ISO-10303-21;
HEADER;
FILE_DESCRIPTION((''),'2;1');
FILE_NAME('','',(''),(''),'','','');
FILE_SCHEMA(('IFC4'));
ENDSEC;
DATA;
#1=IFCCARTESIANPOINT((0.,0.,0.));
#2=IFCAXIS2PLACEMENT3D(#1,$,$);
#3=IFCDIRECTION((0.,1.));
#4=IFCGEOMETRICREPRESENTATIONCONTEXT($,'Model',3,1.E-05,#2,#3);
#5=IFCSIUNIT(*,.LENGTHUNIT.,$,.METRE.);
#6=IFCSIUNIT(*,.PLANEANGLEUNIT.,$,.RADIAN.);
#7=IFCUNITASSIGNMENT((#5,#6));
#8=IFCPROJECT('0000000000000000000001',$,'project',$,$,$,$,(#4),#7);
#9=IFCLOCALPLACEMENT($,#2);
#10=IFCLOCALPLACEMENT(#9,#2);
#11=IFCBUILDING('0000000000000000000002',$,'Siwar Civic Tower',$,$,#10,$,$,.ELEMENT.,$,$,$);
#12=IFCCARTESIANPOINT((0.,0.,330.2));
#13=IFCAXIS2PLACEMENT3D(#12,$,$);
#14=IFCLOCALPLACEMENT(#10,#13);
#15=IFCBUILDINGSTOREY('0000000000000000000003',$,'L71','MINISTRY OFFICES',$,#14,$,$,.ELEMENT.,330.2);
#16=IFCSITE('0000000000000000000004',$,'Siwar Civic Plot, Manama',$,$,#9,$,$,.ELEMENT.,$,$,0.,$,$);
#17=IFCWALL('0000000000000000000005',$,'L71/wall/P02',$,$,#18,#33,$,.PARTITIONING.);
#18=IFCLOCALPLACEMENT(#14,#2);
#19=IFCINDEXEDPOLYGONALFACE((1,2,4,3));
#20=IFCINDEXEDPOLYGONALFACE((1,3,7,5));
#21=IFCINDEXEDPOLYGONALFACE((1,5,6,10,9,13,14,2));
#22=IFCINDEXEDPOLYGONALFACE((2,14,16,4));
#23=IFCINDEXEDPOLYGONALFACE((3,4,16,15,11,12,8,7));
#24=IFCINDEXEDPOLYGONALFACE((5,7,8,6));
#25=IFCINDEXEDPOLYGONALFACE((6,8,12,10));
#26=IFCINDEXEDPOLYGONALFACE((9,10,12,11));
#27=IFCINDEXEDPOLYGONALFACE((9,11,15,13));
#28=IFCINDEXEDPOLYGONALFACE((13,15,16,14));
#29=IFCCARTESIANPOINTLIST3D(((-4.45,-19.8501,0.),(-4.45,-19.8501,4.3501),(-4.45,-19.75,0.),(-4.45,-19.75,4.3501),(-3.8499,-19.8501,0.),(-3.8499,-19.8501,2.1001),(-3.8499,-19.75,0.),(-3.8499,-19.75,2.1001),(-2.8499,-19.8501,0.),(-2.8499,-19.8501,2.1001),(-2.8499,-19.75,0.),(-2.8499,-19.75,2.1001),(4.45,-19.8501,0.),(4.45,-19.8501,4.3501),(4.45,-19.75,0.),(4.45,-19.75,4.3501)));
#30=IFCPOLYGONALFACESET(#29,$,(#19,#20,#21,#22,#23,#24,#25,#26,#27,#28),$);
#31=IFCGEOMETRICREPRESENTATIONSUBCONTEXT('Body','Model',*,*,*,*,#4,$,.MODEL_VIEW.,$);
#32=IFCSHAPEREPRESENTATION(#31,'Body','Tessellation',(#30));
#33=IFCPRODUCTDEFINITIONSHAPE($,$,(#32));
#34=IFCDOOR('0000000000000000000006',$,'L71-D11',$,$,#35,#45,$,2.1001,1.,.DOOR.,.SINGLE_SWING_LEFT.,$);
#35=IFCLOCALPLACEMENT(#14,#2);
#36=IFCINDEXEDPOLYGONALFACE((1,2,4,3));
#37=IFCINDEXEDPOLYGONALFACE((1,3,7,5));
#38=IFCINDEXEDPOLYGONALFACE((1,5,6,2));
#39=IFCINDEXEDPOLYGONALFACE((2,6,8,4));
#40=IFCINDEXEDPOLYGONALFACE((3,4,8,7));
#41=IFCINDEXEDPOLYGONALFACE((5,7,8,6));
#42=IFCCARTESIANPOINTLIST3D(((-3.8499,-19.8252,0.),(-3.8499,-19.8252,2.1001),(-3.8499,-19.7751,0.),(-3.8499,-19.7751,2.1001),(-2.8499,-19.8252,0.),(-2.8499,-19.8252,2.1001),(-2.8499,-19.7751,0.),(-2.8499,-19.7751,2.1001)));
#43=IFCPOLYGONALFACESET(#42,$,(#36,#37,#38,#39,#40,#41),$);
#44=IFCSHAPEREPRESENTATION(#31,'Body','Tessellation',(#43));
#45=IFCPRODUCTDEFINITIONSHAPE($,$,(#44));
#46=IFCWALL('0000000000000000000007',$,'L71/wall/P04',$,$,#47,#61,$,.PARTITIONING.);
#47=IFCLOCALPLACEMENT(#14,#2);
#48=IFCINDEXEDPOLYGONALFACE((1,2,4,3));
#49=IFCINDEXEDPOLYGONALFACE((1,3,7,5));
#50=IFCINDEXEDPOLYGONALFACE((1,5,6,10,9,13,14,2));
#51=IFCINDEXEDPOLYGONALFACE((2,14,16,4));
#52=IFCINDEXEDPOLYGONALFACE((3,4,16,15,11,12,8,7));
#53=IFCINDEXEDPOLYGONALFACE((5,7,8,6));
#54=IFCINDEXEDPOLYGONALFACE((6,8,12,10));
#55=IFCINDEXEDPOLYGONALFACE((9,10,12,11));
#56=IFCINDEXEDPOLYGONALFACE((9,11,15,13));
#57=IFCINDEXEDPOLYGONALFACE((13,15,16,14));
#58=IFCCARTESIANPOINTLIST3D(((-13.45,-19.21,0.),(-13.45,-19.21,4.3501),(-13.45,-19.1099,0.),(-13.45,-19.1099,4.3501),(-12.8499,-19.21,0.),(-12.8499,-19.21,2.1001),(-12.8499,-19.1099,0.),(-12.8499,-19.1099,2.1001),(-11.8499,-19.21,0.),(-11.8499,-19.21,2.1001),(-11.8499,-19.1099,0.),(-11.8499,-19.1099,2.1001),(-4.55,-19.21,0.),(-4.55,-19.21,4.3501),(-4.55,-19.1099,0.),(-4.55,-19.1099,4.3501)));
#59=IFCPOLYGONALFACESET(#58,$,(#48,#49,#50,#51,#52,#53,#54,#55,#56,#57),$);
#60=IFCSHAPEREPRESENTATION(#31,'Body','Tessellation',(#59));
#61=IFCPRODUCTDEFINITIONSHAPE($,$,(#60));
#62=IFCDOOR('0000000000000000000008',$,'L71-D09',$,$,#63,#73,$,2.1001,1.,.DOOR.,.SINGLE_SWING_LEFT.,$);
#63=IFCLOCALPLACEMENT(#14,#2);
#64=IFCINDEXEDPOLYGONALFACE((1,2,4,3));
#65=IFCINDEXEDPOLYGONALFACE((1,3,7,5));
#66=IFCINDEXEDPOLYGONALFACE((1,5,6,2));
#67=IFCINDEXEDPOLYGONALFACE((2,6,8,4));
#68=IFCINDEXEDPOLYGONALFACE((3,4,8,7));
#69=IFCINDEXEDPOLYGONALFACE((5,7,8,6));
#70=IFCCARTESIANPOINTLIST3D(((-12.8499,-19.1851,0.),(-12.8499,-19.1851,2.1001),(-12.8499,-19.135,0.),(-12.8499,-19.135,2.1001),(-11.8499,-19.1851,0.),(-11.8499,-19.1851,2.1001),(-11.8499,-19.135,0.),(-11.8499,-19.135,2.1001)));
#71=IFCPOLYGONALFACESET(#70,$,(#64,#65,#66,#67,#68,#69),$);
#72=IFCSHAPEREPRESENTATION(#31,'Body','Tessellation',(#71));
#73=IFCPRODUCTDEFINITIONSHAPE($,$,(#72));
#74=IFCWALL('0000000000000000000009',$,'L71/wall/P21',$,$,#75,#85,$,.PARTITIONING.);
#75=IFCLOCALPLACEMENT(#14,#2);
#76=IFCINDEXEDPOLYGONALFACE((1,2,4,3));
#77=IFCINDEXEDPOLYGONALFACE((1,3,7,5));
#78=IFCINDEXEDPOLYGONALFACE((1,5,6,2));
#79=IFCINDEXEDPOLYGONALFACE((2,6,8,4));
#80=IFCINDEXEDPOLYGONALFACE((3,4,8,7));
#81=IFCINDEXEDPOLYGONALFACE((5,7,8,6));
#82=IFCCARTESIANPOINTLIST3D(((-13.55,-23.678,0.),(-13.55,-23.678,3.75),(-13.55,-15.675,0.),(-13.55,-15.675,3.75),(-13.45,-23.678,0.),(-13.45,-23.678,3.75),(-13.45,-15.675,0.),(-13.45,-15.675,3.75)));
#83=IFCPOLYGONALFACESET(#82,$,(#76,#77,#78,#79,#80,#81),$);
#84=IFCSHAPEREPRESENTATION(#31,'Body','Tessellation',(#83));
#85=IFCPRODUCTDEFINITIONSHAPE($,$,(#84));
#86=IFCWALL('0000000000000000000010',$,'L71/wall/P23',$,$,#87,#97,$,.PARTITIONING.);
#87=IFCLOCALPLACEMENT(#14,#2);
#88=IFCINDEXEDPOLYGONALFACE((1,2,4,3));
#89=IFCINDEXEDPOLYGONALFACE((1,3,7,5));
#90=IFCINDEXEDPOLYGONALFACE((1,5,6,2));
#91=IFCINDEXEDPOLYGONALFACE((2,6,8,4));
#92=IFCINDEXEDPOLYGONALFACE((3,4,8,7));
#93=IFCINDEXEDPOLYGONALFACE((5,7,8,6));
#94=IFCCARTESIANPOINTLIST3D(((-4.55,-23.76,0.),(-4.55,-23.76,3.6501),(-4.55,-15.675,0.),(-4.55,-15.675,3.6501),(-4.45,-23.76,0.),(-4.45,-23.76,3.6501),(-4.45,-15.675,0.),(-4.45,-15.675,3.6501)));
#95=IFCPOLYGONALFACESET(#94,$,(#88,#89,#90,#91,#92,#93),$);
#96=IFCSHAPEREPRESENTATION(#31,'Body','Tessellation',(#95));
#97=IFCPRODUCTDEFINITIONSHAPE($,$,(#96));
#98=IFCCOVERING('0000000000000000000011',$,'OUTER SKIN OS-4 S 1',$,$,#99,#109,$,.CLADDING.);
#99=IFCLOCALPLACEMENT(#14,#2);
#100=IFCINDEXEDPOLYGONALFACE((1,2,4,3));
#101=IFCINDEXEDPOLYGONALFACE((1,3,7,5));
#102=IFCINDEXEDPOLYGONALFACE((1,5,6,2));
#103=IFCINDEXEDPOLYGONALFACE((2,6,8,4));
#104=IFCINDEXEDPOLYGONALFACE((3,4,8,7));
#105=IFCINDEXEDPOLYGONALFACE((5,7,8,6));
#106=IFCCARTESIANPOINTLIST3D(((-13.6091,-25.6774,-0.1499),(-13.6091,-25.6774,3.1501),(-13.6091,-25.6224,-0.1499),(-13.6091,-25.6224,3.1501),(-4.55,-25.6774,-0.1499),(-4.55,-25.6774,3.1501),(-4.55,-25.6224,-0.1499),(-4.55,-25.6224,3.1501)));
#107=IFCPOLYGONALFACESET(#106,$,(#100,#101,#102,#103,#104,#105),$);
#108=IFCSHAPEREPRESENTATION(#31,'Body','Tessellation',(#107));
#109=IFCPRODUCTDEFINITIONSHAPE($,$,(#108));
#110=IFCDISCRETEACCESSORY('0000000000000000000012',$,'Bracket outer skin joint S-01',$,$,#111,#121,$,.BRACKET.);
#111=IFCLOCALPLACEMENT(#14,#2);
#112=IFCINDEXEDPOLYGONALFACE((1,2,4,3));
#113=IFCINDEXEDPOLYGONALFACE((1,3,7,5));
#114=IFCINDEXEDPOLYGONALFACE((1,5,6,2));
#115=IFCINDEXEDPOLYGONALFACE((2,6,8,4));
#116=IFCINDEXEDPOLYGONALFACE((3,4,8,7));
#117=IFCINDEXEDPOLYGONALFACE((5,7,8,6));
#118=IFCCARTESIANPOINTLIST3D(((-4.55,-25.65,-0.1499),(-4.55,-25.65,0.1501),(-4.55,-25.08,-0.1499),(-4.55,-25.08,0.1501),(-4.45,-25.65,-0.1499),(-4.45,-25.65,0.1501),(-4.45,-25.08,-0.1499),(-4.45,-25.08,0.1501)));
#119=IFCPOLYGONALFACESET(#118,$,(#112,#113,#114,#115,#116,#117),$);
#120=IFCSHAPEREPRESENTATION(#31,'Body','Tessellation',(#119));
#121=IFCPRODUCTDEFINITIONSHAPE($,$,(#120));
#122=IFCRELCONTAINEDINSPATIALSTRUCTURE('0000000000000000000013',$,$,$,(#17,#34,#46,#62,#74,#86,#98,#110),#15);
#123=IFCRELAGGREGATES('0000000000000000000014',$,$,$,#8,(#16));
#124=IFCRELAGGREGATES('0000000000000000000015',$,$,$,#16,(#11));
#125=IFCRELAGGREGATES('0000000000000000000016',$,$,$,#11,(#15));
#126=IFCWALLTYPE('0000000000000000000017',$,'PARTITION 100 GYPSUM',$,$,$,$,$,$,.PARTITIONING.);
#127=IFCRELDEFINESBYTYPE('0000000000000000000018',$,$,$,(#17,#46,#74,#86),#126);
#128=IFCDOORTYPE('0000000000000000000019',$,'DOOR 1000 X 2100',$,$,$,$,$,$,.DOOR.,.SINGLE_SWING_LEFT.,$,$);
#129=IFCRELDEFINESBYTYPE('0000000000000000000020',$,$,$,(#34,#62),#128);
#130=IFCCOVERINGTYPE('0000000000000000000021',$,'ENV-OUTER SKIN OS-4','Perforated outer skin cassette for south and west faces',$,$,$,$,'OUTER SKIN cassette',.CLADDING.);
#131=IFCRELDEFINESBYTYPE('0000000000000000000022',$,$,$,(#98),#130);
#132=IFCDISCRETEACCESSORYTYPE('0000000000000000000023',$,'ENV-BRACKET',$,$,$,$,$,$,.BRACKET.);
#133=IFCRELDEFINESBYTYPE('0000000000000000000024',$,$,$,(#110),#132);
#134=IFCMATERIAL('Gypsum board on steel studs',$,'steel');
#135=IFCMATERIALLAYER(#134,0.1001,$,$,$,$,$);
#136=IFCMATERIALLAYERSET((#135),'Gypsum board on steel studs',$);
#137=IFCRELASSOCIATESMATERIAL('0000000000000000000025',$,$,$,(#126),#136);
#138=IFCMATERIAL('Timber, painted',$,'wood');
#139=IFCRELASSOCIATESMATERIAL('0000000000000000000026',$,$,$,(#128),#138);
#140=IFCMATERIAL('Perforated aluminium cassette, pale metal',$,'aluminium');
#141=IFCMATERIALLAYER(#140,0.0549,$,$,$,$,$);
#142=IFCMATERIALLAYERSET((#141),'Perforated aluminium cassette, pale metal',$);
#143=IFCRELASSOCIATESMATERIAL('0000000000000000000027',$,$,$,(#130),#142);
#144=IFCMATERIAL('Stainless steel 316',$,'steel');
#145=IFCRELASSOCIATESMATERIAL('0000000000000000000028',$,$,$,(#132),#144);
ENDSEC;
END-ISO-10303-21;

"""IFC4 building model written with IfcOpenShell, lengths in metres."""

from ifc_helpers import new_model, si_unit, direction, frame, frame_2d, origin, origin_2d, place, context, subcontext, project, spatial, rectangle, extrude, material, layer, layer_set, type_object, element, fill, save


model = new_model("IFC4")

# Units and contexts
model_context = context("Model", 3, precision=1e-05, world=origin(), true_north=direction((0.0, 1.0)))
body_context = subcontext(model_context, "Body", "Model", "MODEL_VIEW")
ifc_project = project(units=[si_unit("LENGTHUNIT", "METRE"), si_unit("PLANEANGLEUNIT", "RADIAN")], contexts=[model_context])

# Site, building, storey
site_placement = place(None, origin())
site = spatial("IfcSite", under=ifc_project, at=site_placement, Name="Siwar Civic Plot, Manama", CompositionType="ELEMENT", RefElevation=0.0)
building_placement = place(site_placement, origin())
building = spatial("IfcBuilding", under=site, at=building_placement, Name="Siwar Civic Tower", CompositionType="ELEMENT")
storey_placement = place(building_placement, frame((0.0, 0.0, 330.2)))
storey = spatial("IfcBuildingStorey", under=building, at=storey_placement, Name="L71", Description="MINISTRY OFFICES", CompositionType="ELEMENT", Elevation=330.2)

# Walls, openings, doors
ifc_material_1 = material(Name="Gypsum board on steel studs", Category="steel")
ifc_layer_1 = layer(ifc_material_1, 0.1001)
ifc_layer_set_1 = layer_set([ifc_layer_1], Name="Gypsum board on steel studs")
wall_type = type_object("IfcWallType", Name="PARTITION 100 GYPSUM", PredefinedType="PARTITIONING", material=ifc_layer_set_1)
wall_1_placement = place(storey_placement, frame((-4.45, -19.8, 0.0), z_axis=(0.0, 0.0, 1.0), x_axis=(1.0, 0.0, 0.0)))
wall_1 = element("IfcWall", 1, at=wall_1_placement, inside=storey, type_object=wall_type, Name="L71/wall/P02", PredefinedType="PARTITIONING", context=body_context, shape_type="SweptSolid", body=[
    extrude(rectangle(XDim=8.8999, YDim=0.1001, at=frame_2d((4.45, 0.0))), origin(), (0.0, 0.0, 1.0), 4.3501),
])
opening_1_placement = place(wall_1_placement, frame((0.6001, 0.0, 0.0)))
opening_1 = element("IfcOpeningElement", 2, at=opening_1_placement, cuts=wall_1, PredefinedType="OPENING", context=body_context, shape_type="SweptSolid", body=[
    extrude(rectangle(XDim=1.0, YDim=2.1001, at=frame_2d((0.5, 1.05))), frame((0.0, 0.0601, 0.0), z_axis=(0.0, -1.0, 0.0), x_axis=(1.0, 0.0, 0.0)), (0.0, 0.0, 1.0), 0.1201),
])
ifc_material_2 = material(Name="Timber, painted", Category="wood")
door_type = type_object("IfcDoorType", Name="DOOR 1000 X 2100", OperationType="SINGLE_SWING_LEFT", PredefinedType="DOOR", material=ifc_material_2)
door_1_placement = place(opening_1_placement, origin())
door_1 = element("IfcDoor", 3, at=door_1_placement, inside=storey, type_object=door_type, Name="L71-D11", OperationType="SINGLE_SWING_LEFT", OverallHeight=2.1001, OverallWidth=1.0, PredefinedType="DOOR", context=body_context, shape_type="SweptSolid", body=[
    extrude(rectangle(XDim=1.0, YDim=2.1001, at=frame_2d((0.5, 1.05))), frame((0.0, 0.0249, 0.0), z_axis=(0.0, -1.0, 0.0), x_axis=(1.0, 0.0, 0.0)), (0.0, 0.0, 1.0), 0.05),
])
fill(opening_1, door_1)
wall_2_placement = place(storey_placement, frame((-13.45, -19.1599, 0.0), z_axis=(0.0, 0.0, 1.0), x_axis=(1.0, 0.0, 0.0)))
wall_2 = element("IfcWall", 4, at=wall_2_placement, inside=storey, type_object=wall_type, Name="L71/wall/P04", PredefinedType="PARTITIONING", context=body_context, shape_type="SweptSolid", body=[
    extrude(rectangle(XDim=8.8999, YDim=0.1001, at=frame_2d((4.45, 0.0))), origin(), (0.0, 0.0, 1.0), 4.3501),
])
opening_2_placement = place(wall_2_placement, frame((0.6001, 0.0, 0.0)))
opening_2 = element("IfcOpeningElement", 5, at=opening_2_placement, cuts=wall_2, PredefinedType="OPENING", context=body_context, shape_type="SweptSolid", body=[
    extrude(rectangle(XDim=1.0, YDim=2.1001, at=frame_2d((0.5, 1.05))), frame((0.0, 0.0601, 0.0), z_axis=(0.0, -1.0, 0.0), x_axis=(1.0, 0.0, 0.0)), (0.0, 0.0, 1.0), 0.1201),
])
door_2_placement = place(opening_2_placement, origin())
door_2 = element("IfcDoor", 6, at=door_2_placement, inside=storey, type_object=door_type, Name="L71-D09", OperationType="SINGLE_SWING_LEFT", OverallHeight=2.1001, OverallWidth=1.0, PredefinedType="DOOR", context=body_context, shape_type="SweptSolid", body=[
    extrude(rectangle(XDim=1.0, YDim=2.1001, at=frame_2d((0.5, 1.05))), frame((0.0, 0.0249, 0.0), z_axis=(0.0, -1.0, 0.0), x_axis=(1.0, 0.0, 0.0)), (0.0, 0.0, 1.0), 0.05),
])
fill(opening_2, door_2)

# Walls
wall_3_placement = place(storey_placement, frame((-13.5, -23.678, 0.0), z_axis=(0.0, 0.0, 1.0), x_axis=(0.0, 1.0, 0.0)))
element("IfcWall", 7, at=wall_3_placement, inside=storey, type_object=wall_type, Name="L71/wall/P21", PredefinedType="PARTITIONING", context=body_context, shape_type="SweptSolid", body=[
    extrude(rectangle(XDim=8.0029, YDim=0.1001, at=frame_2d((4.0015, 0.0))), origin(), (0.0, 0.0, 1.0), 3.75),
])
wall_4_placement = place(storey_placement, frame((-4.5, -23.76, 0.0), z_axis=(0.0, 0.0, 1.0), x_axis=(0.0, 1.0, 0.0)))
element("IfcWall", 8, at=wall_4_placement, inside=storey, type_object=wall_type, Name="L71/wall/P23", PredefinedType="PARTITIONING", context=body_context, shape_type="SweptSolid", body=[
    extrude(rectangle(XDim=8.085, YDim=0.1001, at=frame_2d((4.0425, 0.0))), origin(), (0.0, 0.0, 1.0), 3.6501),
])

# Covering
ifc_material_3 = material(Name="Perforated aluminium cassette, pale metal", Category="aluminium")
ifc_layer_2 = layer(ifc_material_3, 0.0549)
ifc_layer_set_2 = layer_set([ifc_layer_2], Name="Perforated aluminium cassette, pale metal")
covering_type = type_object("IfcCoveringType", Name="ENV-OUTER SKIN OS-4", Description="Perforated outer skin cassette for south and west faces", ElementType="OUTER SKIN cassette", PredefinedType="CLADDING", material=ifc_layer_set_2)
covering_placement = place(storey_placement, frame((-9.0796, -25.6499, -0.1499), z_axis=(0.0, 0.0, 1.0), x_axis=(1.0, 0.0, 0.0)))
element("IfcCovering", 9, at=covering_placement, inside=storey, type_object=covering_type, Name="OUTER SKIN OS-4 S 1", PredefinedType="CLADDING", context=body_context, shape_type="SweptSolid", body=[
    extrude(rectangle(XDim=9.0591, YDim=0.0549, at=origin_2d()), origin(), (0.0, 0.0, 1.0), 3.3),
])

# Discrete accessory
ifc_material_4 = material(Name="Stainless steel 316", Category="steel")
discrete_accessory_type = type_object("IfcDiscreteAccessoryType", Name="ENV-BRACKET", PredefinedType="BRACKET", material=ifc_material_4)
discrete_accessory_placement = place(storey_placement, frame((-4.5, -25.365, -0.1499), z_axis=(0.0, 0.0, 1.0), x_axis=(0.0, -1.0, 0.0)))
element("IfcDiscreteAccessory", 10, at=discrete_accessory_placement, inside=storey, type_object=discrete_accessory_type, Name="Bracket outer skin joint S-01", PredefinedType="BRACKET", context=body_context, shape_type="SweptSolid", body=[
    extrude(rectangle(XDim=0.5701, YDim=0.1001, at=origin_2d()), origin(), (0.0, 0.0, 1.0), 0.3),
])

save(model, "model.ifc")
